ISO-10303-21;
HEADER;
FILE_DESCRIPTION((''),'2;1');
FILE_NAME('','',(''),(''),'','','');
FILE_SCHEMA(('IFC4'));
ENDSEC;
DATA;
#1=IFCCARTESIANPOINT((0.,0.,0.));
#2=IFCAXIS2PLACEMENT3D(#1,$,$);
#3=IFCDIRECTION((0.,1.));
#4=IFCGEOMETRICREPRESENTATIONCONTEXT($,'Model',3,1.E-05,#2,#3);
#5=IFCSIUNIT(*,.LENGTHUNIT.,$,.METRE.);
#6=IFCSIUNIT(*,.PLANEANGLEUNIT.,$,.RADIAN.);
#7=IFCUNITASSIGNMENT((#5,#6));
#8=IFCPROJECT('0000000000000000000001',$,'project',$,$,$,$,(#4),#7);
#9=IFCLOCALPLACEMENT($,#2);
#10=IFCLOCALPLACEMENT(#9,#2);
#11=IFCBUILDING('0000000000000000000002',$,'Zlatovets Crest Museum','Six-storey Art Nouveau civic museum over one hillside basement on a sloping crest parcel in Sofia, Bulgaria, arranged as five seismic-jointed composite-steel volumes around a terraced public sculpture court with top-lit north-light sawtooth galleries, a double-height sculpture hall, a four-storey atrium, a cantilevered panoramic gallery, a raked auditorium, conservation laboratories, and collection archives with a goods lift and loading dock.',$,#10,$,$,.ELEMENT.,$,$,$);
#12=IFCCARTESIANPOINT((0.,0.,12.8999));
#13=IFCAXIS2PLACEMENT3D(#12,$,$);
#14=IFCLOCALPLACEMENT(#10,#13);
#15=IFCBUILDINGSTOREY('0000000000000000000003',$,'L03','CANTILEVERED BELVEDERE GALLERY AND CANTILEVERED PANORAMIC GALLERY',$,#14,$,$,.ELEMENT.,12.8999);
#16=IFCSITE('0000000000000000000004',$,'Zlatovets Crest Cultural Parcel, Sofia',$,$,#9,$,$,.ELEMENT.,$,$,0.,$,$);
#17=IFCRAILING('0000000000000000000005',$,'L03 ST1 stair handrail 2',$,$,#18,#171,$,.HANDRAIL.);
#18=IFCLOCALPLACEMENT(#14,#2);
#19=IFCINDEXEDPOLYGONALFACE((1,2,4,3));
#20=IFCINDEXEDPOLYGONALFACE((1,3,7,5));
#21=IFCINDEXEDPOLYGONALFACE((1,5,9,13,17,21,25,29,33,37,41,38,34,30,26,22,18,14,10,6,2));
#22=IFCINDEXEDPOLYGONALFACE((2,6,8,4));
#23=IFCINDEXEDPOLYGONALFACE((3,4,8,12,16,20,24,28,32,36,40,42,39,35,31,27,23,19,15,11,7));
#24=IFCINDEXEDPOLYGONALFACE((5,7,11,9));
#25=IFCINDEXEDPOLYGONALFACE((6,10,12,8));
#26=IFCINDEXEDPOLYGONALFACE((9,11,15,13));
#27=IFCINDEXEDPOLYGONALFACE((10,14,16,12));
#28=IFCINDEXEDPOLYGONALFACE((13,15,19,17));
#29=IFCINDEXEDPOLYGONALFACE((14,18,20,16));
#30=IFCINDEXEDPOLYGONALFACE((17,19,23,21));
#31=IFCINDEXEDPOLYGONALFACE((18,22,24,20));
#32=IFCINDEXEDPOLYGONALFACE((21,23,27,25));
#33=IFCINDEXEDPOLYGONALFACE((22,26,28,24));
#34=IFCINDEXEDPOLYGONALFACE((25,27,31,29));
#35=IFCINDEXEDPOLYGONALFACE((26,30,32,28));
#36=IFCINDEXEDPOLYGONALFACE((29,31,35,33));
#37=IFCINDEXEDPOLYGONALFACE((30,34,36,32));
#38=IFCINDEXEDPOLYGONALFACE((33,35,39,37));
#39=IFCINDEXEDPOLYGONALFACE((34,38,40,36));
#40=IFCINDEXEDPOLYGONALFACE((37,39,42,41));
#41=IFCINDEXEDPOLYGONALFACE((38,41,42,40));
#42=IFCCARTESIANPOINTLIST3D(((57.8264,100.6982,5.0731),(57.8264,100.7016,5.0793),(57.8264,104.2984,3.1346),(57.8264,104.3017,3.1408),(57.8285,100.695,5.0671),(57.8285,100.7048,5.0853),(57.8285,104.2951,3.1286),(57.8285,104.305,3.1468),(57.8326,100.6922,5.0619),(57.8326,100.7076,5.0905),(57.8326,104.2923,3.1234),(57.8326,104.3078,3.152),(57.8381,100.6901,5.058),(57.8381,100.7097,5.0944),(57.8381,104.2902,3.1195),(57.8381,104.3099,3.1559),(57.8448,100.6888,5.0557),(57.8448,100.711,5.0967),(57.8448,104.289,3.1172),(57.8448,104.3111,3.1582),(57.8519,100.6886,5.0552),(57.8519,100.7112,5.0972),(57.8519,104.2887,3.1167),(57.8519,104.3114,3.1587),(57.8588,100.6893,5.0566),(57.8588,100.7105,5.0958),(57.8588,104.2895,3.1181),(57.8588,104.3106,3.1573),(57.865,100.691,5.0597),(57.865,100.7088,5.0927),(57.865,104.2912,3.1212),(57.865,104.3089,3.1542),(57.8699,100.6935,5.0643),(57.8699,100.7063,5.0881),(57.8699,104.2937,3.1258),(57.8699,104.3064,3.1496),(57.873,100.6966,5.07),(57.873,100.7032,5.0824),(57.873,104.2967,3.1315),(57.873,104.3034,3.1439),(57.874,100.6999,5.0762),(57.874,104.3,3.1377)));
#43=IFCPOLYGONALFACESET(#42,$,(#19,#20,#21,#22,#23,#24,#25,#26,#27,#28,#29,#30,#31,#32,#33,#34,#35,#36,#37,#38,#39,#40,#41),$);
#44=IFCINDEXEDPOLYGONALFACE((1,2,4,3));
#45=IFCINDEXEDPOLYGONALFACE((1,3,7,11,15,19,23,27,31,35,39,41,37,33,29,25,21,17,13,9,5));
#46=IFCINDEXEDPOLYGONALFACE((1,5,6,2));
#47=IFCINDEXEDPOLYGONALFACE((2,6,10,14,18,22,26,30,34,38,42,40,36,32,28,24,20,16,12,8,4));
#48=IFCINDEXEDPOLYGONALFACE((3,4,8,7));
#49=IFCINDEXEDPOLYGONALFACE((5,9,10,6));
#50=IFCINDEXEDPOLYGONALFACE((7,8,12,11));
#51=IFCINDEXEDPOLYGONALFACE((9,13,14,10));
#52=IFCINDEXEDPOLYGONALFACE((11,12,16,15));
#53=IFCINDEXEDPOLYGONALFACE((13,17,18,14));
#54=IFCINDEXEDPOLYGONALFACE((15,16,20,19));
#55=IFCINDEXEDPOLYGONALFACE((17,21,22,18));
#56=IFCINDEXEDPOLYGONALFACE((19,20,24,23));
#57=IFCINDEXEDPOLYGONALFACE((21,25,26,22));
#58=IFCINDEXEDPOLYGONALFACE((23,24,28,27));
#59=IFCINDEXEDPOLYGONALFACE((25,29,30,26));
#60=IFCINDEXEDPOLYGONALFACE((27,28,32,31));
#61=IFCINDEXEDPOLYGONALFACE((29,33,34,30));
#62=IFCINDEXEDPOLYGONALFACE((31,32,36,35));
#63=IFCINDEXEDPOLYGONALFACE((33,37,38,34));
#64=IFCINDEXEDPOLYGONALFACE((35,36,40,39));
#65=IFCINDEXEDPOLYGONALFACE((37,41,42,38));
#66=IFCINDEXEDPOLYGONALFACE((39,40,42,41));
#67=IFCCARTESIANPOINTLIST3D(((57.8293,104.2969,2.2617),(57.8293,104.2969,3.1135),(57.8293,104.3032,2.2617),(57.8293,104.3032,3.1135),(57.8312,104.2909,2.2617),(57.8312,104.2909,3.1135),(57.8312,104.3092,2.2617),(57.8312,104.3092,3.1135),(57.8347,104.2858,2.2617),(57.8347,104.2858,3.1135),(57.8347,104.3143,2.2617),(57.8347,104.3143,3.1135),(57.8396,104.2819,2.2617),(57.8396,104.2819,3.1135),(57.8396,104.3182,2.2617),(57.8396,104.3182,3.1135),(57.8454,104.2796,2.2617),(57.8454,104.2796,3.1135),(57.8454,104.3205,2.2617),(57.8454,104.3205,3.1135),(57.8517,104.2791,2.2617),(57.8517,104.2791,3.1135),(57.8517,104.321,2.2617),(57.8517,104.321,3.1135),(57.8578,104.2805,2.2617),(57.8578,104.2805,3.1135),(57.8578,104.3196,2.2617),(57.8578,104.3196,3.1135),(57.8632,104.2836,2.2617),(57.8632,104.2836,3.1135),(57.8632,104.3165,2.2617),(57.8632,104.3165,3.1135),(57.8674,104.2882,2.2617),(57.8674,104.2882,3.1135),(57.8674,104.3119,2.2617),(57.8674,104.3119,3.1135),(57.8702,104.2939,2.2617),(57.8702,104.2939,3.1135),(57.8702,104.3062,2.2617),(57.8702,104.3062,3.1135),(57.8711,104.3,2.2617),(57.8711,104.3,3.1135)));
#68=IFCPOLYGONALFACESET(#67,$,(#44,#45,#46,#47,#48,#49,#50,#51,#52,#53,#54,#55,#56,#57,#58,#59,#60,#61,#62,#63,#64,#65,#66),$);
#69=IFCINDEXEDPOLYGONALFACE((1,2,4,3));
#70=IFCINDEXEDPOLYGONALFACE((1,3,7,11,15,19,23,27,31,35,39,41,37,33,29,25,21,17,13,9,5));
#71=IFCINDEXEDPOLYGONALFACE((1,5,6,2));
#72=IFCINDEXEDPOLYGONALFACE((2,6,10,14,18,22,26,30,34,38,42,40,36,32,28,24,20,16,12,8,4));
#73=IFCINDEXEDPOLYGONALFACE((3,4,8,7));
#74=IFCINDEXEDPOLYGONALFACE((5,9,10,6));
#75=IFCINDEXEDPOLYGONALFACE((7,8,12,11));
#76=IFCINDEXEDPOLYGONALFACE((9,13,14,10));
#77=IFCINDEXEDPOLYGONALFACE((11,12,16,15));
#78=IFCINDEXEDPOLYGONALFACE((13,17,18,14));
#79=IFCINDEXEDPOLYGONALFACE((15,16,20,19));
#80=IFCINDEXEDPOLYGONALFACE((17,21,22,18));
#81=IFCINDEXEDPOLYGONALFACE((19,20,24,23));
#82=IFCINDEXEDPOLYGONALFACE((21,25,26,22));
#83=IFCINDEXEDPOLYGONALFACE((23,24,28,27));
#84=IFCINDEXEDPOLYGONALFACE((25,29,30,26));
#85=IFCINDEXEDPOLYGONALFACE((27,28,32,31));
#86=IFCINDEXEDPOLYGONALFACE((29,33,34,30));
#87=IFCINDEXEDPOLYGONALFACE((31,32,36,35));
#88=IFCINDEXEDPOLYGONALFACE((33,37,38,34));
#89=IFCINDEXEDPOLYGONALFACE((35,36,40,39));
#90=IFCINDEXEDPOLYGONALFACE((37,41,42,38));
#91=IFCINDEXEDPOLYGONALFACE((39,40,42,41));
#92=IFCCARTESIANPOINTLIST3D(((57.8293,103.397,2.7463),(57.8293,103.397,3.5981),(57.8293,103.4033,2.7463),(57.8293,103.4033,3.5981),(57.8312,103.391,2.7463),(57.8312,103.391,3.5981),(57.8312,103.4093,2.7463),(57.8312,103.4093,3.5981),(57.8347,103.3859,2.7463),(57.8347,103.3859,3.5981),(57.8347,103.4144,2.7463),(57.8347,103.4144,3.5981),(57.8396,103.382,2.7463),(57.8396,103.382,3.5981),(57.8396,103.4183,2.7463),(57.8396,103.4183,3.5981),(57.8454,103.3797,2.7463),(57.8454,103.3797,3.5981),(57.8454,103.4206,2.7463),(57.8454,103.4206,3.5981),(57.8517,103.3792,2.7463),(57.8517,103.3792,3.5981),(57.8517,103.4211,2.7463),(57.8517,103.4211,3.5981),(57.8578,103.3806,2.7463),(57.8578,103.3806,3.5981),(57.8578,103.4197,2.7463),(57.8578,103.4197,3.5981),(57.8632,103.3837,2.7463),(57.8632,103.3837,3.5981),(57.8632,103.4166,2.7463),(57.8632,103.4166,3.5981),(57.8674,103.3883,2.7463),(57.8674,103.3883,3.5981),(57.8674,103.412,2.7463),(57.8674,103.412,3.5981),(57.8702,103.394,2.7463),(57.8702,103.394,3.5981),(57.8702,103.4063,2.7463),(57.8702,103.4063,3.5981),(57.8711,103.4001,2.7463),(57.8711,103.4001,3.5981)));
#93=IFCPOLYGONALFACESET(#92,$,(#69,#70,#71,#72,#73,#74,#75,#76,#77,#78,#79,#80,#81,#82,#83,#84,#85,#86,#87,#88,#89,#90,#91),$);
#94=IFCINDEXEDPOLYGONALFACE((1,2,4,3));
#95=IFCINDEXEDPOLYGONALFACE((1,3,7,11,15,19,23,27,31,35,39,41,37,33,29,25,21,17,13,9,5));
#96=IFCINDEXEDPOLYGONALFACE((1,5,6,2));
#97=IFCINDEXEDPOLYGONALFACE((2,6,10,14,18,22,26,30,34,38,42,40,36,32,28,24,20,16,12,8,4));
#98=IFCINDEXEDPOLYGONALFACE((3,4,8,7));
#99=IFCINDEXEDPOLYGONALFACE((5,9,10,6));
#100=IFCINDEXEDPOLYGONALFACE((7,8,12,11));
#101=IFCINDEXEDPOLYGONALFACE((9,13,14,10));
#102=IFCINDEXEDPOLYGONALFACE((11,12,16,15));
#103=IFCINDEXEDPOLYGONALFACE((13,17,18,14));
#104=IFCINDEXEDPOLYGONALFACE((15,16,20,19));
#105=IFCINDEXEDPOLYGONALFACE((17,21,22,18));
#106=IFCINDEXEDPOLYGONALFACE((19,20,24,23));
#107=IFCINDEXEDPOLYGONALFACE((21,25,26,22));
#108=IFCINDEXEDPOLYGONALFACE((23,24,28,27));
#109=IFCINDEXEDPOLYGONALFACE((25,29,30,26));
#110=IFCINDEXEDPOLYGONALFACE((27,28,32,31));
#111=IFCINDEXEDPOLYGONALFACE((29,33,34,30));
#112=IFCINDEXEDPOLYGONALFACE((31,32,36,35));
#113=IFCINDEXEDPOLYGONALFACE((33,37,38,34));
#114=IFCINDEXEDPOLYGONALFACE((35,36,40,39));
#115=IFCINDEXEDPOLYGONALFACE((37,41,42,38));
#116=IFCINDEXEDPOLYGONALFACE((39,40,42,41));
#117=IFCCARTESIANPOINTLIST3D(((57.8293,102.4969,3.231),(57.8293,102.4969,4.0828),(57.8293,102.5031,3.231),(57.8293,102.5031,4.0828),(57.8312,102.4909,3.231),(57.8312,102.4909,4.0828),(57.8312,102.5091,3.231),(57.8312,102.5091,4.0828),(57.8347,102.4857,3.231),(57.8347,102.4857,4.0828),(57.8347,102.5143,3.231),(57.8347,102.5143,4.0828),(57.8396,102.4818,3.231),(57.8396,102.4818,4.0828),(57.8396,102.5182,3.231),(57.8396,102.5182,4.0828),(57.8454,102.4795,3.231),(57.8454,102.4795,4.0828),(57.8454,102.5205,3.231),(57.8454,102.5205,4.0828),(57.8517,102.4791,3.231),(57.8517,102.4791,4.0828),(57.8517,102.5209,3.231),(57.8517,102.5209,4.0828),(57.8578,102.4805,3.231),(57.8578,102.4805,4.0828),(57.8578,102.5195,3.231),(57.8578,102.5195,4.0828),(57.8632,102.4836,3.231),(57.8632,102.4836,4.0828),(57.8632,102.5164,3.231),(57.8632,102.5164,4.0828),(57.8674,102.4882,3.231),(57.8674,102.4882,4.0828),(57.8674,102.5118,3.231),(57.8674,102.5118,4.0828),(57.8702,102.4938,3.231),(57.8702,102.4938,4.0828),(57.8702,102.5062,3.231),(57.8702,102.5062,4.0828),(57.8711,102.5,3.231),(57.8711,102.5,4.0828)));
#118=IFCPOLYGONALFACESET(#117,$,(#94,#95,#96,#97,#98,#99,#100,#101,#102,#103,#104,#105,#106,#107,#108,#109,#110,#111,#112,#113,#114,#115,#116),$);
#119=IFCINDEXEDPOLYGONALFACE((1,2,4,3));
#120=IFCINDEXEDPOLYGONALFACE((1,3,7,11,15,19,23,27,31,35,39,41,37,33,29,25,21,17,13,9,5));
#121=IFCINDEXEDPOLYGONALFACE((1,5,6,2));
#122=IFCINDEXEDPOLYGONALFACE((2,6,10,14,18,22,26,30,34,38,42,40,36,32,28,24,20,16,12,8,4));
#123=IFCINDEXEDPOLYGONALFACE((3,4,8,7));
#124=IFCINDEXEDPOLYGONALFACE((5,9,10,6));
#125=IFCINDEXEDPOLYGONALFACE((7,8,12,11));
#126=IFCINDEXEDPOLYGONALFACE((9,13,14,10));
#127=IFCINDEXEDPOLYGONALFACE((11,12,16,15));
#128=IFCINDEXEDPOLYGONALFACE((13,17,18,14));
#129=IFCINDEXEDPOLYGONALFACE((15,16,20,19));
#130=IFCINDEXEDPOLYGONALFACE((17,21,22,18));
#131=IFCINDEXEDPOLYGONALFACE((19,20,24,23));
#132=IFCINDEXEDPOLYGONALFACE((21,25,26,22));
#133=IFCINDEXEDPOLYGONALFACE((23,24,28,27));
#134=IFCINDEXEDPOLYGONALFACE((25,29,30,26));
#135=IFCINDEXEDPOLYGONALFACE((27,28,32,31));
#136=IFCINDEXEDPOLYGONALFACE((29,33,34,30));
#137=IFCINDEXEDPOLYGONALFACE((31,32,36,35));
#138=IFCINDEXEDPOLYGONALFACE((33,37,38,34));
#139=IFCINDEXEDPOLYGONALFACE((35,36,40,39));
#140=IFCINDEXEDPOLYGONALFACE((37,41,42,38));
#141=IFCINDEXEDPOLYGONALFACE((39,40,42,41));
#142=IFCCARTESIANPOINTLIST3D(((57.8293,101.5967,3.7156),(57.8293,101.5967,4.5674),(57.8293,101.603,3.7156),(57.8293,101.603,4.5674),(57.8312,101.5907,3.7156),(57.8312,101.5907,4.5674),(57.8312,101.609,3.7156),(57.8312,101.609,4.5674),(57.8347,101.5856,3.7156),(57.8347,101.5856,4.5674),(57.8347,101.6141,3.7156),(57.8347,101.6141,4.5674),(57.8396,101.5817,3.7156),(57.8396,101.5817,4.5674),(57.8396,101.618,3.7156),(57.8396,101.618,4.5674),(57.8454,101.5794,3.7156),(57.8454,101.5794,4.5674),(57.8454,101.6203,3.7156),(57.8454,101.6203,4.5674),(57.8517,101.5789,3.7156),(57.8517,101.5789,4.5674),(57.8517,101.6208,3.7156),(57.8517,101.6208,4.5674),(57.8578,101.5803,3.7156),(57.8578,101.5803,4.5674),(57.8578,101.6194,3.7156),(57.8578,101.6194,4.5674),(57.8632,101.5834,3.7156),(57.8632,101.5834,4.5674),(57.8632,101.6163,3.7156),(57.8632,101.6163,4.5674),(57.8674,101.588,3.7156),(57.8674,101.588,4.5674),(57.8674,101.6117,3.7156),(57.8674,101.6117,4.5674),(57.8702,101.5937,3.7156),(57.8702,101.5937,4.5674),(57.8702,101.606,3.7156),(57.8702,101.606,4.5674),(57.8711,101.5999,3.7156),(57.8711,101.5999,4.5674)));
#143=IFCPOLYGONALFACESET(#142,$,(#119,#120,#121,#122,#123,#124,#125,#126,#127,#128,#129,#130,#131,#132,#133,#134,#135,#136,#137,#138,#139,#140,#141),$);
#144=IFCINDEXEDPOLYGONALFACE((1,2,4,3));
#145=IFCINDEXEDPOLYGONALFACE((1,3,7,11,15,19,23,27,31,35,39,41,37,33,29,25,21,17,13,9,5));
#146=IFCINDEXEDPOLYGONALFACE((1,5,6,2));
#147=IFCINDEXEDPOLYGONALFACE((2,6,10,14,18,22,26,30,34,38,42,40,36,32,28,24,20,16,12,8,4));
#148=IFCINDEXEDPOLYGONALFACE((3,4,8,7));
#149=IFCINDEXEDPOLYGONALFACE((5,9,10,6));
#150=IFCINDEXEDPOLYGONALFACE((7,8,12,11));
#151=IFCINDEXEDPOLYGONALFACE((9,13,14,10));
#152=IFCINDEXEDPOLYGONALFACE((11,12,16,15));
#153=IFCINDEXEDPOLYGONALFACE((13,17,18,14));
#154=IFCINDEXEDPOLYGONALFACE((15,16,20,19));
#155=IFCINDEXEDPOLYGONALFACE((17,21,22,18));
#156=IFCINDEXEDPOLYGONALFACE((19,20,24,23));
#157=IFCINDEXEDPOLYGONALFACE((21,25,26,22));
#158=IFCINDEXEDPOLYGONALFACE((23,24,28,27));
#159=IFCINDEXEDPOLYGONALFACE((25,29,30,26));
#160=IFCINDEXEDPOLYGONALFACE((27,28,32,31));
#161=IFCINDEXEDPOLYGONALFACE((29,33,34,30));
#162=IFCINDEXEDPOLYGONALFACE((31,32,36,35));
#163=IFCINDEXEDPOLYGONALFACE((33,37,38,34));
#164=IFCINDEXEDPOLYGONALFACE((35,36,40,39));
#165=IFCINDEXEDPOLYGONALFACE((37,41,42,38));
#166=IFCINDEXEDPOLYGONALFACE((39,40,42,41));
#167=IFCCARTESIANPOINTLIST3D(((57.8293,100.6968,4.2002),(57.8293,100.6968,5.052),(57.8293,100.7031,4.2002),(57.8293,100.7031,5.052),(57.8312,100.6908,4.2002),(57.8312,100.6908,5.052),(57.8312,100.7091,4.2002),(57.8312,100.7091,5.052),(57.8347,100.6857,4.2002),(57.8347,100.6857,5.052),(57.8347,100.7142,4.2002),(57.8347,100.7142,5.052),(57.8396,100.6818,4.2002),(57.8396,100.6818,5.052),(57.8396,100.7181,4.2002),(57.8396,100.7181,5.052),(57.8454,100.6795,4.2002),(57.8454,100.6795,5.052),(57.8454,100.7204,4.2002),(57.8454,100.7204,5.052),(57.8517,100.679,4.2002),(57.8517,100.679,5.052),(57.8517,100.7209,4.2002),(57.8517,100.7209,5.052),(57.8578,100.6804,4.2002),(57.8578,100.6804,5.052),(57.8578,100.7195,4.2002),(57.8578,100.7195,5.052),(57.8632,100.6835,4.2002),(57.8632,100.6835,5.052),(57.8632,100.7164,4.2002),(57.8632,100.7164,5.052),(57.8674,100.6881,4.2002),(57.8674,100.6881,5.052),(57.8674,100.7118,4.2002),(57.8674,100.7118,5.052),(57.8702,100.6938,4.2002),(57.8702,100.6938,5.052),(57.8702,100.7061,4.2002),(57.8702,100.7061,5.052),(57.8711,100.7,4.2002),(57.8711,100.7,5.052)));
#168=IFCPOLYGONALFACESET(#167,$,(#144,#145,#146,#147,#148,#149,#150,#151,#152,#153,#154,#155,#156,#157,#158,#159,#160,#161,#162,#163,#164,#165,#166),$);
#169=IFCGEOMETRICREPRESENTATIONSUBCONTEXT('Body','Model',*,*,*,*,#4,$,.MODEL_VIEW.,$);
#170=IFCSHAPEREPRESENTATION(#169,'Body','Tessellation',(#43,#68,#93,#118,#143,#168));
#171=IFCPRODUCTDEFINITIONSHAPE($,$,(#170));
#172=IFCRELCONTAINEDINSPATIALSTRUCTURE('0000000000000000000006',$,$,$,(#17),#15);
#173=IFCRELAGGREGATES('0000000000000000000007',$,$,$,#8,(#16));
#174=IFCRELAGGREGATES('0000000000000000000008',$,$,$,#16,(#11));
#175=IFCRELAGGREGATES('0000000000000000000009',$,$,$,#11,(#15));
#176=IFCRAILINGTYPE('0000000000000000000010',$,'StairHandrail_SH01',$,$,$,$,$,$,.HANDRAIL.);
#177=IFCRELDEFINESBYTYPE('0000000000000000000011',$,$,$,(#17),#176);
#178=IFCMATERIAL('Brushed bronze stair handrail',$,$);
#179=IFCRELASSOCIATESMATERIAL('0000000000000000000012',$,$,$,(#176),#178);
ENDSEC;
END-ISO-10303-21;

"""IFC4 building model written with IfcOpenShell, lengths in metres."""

from ifc_helpers import new_model, si_unit, direction, frame, origin, origin_2d, place, context, subcontext, project, spatial, circle, extrude, material, type_object, element, save


model = new_model("IFC4")

# Units and contexts
model_context = context("Model", 3, precision=1e-05, world=origin(), true_north=direction((0.0, 1.0)))
body_context = subcontext(model_context, "Body", "Model", "MODEL_VIEW")
ifc_project = project(units=[si_unit("LENGTHUNIT", "METRE"), si_unit("PLANEANGLEUNIT", "RADIAN")], contexts=[model_context])

# Site, building, storey
site_placement = place(None, origin())
site = spatial("IfcSite", under=ifc_project, at=site_placement, Name="Zlatovets Crest Cultural Parcel, Sofia", CompositionType="ELEMENT", RefElevation=0.0)
building_placement = place(site_placement, origin())
building = spatial("IfcBuilding", under=site, at=building_placement, Name="Zlatovets Crest Museum", Description="Six-storey Art Nouveau civic museum over one hillside basement on a sloping crest parcel in Sofia, Bulgaria, arranged as five seismic-jointed composite-steel volumes around a terraced public sculpture court with top-lit north-light sawtooth galleries, a double-height sculpture hall, a four-storey atrium, a cantilevered panoramic gallery, a raked auditorium, conservation laboratories, and collection archives with a goods lift and loading dock.", CompositionType="ELEMENT")
storey_placement = place(building_placement, frame((0.0, 0.0, 12.8999)))
storey = spatial("IfcBuildingStorey", under=building, at=storey_placement, Name="L03", Description="CANTILEVERED BELVEDERE GALLERY AND CANTILEVERED PANORAMIC GALLERY", CompositionType="ELEMENT", Elevation=12.8999)

# Railing
ifc_material_1 = material(Name="Brushed bronze stair handrail")
railing_type_1 = type_object("IfcRailingType", Name="StairHandrail_SH01", PredefinedType="HANDRAIL", material=ifc_material_1)
railing_1_placement = place(storey_placement, frame((57.8501, 104.3, 2.2617)))
element("IfcRailing", 1, at=railing_1_placement, inside=storey, type_object=railing_type_1, Name="L03 ST1 stair handrail 2", PredefinedType="HANDRAIL", context=body_context, shape_type="SweptSolid", body=[
    extrude(circle(Radius=0.0239, at=origin_2d()), frame((0.0, 0.0, 0.876), z_axis=(0.0, -0.880475, 0.474093), x_axis=(1.0, 0.0, 0.0)), (0.0, 0.0, 1.0), 4.0889),
    extrude(circle(Radius=0.021, at=origin_2d()), origin(), (0.0, 0.0, 1.0), 0.8518),
    extrude(circle(Radius=0.021, at=origin_2d()), frame((0.0, -0.8999, 0.4846)), (0.0, 0.0, 1.0), 0.8518),
    extrude(circle(Radius=0.021, at=origin_2d()), frame((0.0, -1.8, 0.9692)), (0.0, 0.0, 1.0), 0.8518),
    extrude(circle(Radius=0.021, at=origin_2d()), frame((0.0, -2.7002, 1.4539)), (0.0, 0.0, 1.0), 0.8518),
    extrude(circle(Radius=0.021, at=origin_2d()), frame((0.0, -3.6001, 1.9385)), (0.0, 0.0, 1.0), 0.8518),
])

save(model, "model.ifc")
